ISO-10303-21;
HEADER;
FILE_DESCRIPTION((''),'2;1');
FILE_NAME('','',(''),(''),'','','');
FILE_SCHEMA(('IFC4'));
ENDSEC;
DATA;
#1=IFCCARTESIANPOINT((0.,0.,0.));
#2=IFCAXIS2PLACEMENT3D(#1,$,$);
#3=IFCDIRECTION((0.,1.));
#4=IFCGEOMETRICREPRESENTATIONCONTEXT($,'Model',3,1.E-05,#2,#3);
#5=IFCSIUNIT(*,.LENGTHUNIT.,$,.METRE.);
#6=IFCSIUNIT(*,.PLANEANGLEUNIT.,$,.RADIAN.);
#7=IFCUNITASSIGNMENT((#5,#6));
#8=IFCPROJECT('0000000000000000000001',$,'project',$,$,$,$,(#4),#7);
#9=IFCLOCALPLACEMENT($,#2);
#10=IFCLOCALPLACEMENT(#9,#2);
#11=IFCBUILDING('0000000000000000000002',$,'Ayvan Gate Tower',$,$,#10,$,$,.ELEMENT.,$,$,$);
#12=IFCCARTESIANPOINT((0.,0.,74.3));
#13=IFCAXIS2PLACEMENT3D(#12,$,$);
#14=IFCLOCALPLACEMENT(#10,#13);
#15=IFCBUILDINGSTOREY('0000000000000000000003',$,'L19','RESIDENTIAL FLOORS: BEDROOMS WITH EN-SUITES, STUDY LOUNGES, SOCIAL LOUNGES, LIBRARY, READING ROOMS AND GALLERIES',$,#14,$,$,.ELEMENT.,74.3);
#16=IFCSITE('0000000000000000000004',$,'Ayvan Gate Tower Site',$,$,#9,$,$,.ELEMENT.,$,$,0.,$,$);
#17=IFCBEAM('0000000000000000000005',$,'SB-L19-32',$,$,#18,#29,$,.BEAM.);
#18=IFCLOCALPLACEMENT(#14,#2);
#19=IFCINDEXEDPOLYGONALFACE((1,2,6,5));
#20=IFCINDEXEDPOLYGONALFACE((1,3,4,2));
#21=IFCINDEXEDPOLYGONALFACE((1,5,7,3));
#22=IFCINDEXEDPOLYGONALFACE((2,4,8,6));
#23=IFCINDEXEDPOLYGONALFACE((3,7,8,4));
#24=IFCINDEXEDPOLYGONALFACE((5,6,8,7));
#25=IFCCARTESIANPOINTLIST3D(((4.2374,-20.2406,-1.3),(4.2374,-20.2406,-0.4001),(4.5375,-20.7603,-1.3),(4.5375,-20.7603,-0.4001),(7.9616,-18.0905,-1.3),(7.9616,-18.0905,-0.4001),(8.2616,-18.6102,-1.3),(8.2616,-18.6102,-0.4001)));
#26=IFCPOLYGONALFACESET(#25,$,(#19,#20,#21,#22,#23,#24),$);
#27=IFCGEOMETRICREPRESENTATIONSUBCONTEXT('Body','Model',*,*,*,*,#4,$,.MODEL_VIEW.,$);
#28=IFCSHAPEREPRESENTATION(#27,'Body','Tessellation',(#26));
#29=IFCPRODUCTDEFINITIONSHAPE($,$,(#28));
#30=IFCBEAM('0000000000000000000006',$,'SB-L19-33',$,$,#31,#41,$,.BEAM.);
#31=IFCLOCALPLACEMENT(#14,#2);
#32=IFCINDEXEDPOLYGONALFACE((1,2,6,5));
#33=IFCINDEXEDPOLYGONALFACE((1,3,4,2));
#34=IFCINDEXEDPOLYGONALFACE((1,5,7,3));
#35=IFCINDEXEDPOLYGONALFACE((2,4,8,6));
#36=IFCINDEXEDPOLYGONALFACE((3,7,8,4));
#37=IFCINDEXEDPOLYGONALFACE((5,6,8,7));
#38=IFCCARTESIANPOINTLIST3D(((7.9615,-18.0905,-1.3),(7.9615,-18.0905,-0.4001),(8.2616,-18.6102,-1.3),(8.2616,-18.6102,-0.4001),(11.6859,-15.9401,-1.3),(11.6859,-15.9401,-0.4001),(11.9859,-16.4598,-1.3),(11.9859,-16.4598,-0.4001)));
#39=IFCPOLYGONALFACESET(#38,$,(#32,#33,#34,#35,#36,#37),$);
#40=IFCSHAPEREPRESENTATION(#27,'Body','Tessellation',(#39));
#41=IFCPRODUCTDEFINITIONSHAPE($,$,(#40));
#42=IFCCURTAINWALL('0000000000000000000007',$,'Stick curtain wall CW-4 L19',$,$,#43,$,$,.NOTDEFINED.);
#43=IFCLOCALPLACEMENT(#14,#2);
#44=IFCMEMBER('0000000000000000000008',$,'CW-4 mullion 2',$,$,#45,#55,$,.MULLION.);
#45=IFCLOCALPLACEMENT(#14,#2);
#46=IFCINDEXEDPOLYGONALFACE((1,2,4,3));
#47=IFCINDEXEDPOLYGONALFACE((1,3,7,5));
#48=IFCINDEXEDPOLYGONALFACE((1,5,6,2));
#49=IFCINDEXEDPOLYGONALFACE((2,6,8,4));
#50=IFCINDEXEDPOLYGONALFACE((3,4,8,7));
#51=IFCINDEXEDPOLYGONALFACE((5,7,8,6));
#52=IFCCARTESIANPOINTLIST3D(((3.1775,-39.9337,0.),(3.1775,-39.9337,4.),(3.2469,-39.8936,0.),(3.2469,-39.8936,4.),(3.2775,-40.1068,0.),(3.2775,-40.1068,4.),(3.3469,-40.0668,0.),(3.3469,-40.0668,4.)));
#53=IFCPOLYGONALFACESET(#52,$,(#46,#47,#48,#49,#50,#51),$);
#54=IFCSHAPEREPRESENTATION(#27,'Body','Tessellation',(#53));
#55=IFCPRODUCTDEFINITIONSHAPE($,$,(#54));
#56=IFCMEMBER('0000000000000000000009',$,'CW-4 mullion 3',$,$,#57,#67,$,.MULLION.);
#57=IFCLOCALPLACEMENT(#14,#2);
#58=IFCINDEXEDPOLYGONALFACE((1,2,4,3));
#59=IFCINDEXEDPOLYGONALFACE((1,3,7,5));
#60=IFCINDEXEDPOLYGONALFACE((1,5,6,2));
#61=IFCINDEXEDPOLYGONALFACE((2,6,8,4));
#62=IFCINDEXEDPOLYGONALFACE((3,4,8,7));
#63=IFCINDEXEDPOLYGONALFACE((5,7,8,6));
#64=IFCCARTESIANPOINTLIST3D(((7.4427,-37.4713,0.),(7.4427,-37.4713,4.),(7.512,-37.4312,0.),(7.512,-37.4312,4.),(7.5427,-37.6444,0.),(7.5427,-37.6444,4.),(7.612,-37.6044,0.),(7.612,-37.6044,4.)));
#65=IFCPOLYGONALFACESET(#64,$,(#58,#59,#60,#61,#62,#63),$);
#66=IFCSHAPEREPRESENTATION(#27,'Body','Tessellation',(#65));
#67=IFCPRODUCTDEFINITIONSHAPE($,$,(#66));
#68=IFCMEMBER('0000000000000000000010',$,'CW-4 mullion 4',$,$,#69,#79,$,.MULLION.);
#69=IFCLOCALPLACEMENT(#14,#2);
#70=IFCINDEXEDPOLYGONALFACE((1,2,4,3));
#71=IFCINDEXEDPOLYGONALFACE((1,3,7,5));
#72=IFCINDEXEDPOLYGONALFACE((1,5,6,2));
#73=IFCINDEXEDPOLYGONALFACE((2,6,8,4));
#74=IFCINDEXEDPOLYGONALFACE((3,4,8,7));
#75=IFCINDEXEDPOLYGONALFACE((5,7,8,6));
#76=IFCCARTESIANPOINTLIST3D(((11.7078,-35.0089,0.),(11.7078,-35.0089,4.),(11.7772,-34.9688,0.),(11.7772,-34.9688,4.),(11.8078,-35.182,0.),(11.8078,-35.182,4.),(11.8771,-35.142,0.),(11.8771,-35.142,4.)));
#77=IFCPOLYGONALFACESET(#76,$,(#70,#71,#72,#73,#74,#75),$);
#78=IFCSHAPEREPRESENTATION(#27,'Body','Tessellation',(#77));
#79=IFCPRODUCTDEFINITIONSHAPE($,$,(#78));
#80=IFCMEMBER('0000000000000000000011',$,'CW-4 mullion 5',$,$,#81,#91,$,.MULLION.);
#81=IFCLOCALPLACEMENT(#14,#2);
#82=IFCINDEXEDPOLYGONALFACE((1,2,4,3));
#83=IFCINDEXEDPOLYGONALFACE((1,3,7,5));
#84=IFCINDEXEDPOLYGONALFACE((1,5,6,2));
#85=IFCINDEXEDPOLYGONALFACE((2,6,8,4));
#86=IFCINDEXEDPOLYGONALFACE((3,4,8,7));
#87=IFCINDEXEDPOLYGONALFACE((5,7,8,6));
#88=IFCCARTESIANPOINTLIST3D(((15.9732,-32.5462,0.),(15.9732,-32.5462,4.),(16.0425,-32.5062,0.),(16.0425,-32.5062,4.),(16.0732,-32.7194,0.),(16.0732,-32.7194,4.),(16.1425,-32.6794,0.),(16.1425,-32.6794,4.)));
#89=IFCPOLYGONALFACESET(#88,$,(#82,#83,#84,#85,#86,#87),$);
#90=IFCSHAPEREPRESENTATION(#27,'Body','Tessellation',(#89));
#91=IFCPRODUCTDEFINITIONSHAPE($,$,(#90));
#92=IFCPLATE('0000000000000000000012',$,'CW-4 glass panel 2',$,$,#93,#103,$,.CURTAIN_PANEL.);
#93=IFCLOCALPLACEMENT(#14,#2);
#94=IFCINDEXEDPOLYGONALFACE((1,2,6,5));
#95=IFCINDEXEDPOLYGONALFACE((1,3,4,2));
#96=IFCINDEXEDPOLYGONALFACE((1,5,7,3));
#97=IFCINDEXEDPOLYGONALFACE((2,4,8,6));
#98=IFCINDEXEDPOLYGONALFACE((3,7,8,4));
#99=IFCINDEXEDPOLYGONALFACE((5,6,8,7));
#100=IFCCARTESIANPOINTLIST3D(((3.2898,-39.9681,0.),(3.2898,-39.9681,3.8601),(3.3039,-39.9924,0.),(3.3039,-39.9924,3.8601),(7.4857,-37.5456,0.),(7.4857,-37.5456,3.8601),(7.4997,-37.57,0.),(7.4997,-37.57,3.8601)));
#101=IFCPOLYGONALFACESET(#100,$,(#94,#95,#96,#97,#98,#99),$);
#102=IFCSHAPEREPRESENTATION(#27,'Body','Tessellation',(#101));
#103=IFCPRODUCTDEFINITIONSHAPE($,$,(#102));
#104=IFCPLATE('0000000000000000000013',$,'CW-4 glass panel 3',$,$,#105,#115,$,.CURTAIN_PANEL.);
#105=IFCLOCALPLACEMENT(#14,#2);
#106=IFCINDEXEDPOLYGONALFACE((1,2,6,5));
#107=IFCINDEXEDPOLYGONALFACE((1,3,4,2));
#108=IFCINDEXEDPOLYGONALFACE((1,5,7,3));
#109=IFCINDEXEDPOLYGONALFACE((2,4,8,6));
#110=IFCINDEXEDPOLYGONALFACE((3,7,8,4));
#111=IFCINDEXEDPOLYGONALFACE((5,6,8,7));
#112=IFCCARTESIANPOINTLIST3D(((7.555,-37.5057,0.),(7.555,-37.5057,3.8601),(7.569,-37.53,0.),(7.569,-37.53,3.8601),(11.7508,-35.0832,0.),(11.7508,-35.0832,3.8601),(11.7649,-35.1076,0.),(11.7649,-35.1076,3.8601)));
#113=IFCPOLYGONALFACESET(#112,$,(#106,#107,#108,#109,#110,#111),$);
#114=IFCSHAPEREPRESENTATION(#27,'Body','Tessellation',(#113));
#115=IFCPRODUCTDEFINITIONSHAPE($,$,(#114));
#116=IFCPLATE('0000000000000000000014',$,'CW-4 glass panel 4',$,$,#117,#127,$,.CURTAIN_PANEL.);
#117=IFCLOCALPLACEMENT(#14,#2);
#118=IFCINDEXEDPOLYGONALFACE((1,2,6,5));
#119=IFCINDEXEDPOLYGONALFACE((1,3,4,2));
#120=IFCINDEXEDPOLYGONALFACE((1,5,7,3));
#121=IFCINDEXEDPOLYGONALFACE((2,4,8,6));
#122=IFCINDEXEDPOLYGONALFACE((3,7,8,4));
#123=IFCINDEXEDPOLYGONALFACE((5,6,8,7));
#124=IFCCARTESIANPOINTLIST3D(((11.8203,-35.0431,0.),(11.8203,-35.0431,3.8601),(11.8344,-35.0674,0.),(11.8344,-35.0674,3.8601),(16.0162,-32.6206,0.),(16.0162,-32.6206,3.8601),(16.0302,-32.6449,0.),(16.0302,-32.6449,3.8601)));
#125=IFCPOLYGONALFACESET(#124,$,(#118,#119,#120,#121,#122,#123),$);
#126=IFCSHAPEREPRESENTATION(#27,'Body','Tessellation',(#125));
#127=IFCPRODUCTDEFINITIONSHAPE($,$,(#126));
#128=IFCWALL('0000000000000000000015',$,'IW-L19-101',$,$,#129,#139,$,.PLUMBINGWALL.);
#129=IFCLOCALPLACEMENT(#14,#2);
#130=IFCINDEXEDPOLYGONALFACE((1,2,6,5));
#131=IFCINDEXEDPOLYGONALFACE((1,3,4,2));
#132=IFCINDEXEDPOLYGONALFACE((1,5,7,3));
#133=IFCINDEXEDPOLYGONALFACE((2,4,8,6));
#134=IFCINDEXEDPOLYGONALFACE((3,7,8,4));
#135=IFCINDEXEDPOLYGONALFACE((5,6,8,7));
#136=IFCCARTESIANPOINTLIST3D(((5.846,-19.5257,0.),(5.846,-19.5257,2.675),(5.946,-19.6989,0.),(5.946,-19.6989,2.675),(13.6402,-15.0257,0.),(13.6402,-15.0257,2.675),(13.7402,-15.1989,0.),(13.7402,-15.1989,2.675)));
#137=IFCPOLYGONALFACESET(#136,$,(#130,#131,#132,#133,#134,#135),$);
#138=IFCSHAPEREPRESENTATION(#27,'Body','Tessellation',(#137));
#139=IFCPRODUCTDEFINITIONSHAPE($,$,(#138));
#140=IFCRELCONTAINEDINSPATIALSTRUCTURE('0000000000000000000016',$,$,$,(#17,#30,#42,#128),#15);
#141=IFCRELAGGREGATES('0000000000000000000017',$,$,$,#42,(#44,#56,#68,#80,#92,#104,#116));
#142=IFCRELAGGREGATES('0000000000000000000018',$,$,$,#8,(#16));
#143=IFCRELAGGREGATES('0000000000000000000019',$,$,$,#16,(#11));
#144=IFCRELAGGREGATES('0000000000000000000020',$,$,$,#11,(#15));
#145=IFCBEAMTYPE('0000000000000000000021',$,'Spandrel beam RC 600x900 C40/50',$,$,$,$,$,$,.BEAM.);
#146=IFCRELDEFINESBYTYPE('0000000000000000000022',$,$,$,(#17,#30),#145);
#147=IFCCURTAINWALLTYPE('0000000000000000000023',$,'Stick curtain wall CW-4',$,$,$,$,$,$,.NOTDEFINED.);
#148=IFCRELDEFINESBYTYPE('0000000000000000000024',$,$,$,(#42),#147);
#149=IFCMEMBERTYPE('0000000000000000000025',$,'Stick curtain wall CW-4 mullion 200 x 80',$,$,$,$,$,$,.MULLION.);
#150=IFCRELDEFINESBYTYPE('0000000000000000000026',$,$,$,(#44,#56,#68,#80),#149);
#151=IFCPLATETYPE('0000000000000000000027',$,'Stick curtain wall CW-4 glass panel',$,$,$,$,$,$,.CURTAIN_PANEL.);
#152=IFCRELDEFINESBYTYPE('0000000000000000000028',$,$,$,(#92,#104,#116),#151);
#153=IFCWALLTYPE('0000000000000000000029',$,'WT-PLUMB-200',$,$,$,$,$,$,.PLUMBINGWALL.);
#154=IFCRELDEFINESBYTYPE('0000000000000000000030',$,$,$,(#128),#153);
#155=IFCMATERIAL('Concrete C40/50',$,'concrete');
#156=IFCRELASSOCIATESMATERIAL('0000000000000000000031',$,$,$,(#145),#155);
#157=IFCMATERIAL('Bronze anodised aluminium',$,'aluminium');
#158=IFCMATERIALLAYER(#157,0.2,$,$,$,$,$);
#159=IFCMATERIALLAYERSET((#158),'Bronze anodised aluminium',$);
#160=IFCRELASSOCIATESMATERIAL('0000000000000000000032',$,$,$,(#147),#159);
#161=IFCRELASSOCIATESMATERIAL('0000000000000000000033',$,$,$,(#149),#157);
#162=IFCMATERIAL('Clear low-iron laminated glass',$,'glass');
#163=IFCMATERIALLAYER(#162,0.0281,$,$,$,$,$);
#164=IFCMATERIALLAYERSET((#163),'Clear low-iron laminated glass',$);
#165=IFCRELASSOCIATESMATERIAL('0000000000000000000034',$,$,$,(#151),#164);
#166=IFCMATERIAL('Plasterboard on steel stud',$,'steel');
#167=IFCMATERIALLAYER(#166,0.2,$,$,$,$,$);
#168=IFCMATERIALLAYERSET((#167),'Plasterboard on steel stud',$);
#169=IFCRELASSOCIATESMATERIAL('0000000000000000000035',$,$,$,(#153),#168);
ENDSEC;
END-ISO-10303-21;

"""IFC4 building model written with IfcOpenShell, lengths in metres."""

from ifc_helpers import new_model, si_unit, direction, frame, frame_2d, origin, origin_2d, place, context, subcontext, project, spatial, rectangle, extrude, material, layer, layer_set, material_profile, profile_set, type_object, element, aggregate, save


model = new_model("IFC4")

# Units and contexts
model_context = context("Model", 3, precision=1e-05, world=origin(), true_north=direction((0.0, 1.0)))
body_context = subcontext(model_context, "Body", "Model", "MODEL_VIEW")
ifc_project = project(units=[si_unit("LENGTHUNIT", "METRE"), si_unit("PLANEANGLEUNIT", "RADIAN")], contexts=[model_context])

# Site, building, storey
site_placement = place(None, origin())
site = spatial("IfcSite", under=ifc_project, at=site_placement, Name="Ayvan Gate Tower Site", CompositionType="ELEMENT", RefElevation=0.0)
building_placement = place(site_placement, origin())
building = spatial("IfcBuilding", under=site, at=building_placement, Name="Ayvan Gate Tower", CompositionType="ELEMENT")
storey_placement = place(building_placement, frame((0.0, 0.0, 74.3)))
storey = spatial("IfcBuildingStorey", under=building, at=storey_placement, Name="L19", Description="RESIDENTIAL FLOORS: BEDROOMS WITH EN-SUITES, STUDY LOUNGES, SOCIAL LOUNGES, LIBRARY, READING ROOMS AND GALLERIES", CompositionType="ELEMENT", Elevation=74.3)

# Shared definitions
ifc_material_1 = material(Name="Concrete C40/50", Category="concrete")

# Beams
ifc_material_profile_1 = material_profile(ifc_material_1, rectangle(XDim=0.6001, YDim=0.8999, at=origin_2d()), Name="RC 600x900")
ifc_profile_set_1 = profile_set([ifc_material_profile_1], Name="Concrete C40/50")
beam_type_1 = type_object("IfcBeamType", Name="Spandrel beam RC 600x900 C40/50", PredefinedType="BEAM", material=ifc_profile_set_1)
beam_1_placement = place(storey_placement, frame((4.3875, -20.5005, -0.8501), z_axis=(0.866023, 0.500004, 0.0), x_axis=(-0.500004, 0.866023, 0.0)))
element("IfcBeam", 1, at=beam_1_placement, inside=storey, type_object=beam_type_1, Name="SB-L19-32", PredefinedType="BEAM", context=body_context, shape_type="SweptSolid", body=[
    extrude(rectangle(XDim=0.6001, YDim=0.8999, at=origin_2d()), origin(), (0.0, 0.0, 1.0), 4.3003),
])
beam_2_placement = place(storey_placement, frame((8.1116, -18.3503, -0.8501), z_axis=(0.866013, 0.500022, 0.0), x_axis=(-0.500022, 0.866013, 0.0)))
element("IfcBeam", 2, at=beam_2_placement, inside=storey, type_object=beam_type_1, Name="SB-L19-33", PredefinedType="BEAM", context=body_context, shape_type="SweptSolid", body=[
    extrude(rectangle(XDim=0.6001, YDim=0.8999, at=origin_2d()), origin(), (0.0, 0.0, 1.0), 4.3005),
])

# Curtain wall, members, plates
ifc_material_2 = material(Name="Bronze anodised aluminium", Category="aluminium")
ifc_layer_1 = layer(ifc_material_2, 0.2)
ifc_layer_set_1 = layer_set([ifc_layer_1], Name="Bronze anodised aluminium")
curtain_wall_type = type_object("IfcCurtainWallType", Name="Stick curtain wall CW-4", PredefinedType="NOTDEFINED", material=ifc_layer_set_1)
curtain_wall_placement = place(storey_placement, origin())
curtain_wall = element("IfcCurtainWall", 3, at=curtain_wall_placement, inside=storey, type_object=curtain_wall_type, Name="Stick curtain wall CW-4 L19", PredefinedType="NOTDEFINED")
ifc_material_profile_2 = material_profile(ifc_material_2, rectangle(XDim=0.2, YDim=0.0801, at=origin_2d()), Name="Stick curtain wall CW-4 mullion 200 x 80")
ifc_profile_set_2 = profile_set([ifc_material_profile_2], Name="Bronze anodised aluminium")
member_type_1 = type_object("IfcMemberType", Name="Stick curtain wall CW-4 mullion 200 x 80", PredefinedType="MULLION", material=ifc_profile_set_2)
member_1_placement = place(storey_placement, frame((3.2622, -40.0002, 0.0), z_axis=(0.0, 0.0, 1.0), x_axis=(0.5, -0.866025, 0.0)))
member_1 = element("IfcMember", 4, at=member_1_placement, type_object=member_type_1, Name="CW-4 mullion 2", PredefinedType="MULLION", context=body_context, shape_type="SweptSolid", body=[
    extrude(rectangle(XDim=0.2, YDim=0.0801, at=origin_2d()), origin(), (0.0, 0.0, 1.0), 4.0),
])
member_2_placement = place(storey_placement, frame((7.5273, -37.5378, 0.0), z_axis=(0.0, 0.0, 1.0), x_axis=(0.5, -0.866025, 0.0)))
member_2 = element("IfcMember", 5, at=member_2_placement, type_object=member_type_1, Name="CW-4 mullion 3", PredefinedType="MULLION", context=body_context, shape_type="SweptSolid", body=[
    extrude(rectangle(XDim=0.2, YDim=0.0801, at=origin_2d()), origin(), (0.0, 0.0, 1.0), 4.0),
])
member_3_placement = place(storey_placement, frame((11.7925, -35.0754, 0.0), z_axis=(0.0, 0.0, 1.0), x_axis=(0.5, -0.866025, 0.0)))
member_3 = element("IfcMember", 6, at=member_3_placement, type_object=member_type_1, Name="CW-4 mullion 4", PredefinedType="MULLION", context=body_context, shape_type="SweptSolid", body=[
    extrude(rectangle(XDim=0.2, YDim=0.0801, at=origin_2d()), origin(), (0.0, 0.0, 1.0), 4.0),
])
member_4_placement = place(storey_placement, frame((16.0579, -32.6128, 0.0), z_axis=(0.0, 0.0, 1.0), x_axis=(0.5, -0.866025, 0.0)))
member_4 = element("IfcMember", 7, at=member_4_placement, type_object=member_type_1, Name="CW-4 mullion 5", PredefinedType="MULLION", context=body_context, shape_type="SweptSolid", body=[
    extrude(rectangle(XDim=0.2, YDim=0.0801, at=origin_2d()), origin(), (0.0, 0.0, 1.0), 4.0),
])
ifc_material_3 = material(Name="Clear low-iron laminated glass", Category="glass")
ifc_layer_2 = layer(ifc_material_3, 0.0281)
ifc_layer_set_2 = layer_set([ifc_layer_2], Name="Clear low-iron laminated glass")
plate_type = type_object("IfcPlateType", Name="Stick curtain wall CW-4 glass panel", PredefinedType="CURTAIN_PANEL", material=ifc_layer_set_2)
plate_1_placement = place(storey_placement, frame((5.3948, -38.769, 0.0), z_axis=(0.0, 0.0, 1.0), x_axis=(0.866025, 0.5, 0.0)))
plate_1 = element("IfcPlate", 8, at=plate_1_placement, type_object=plate_type, Name="CW-4 glass panel 2", PredefinedType="CURTAIN_PANEL", context=body_context, shape_type="SweptSolid", body=[
    extrude(rectangle(XDim=4.845, YDim=0.0281, at=origin_2d()), origin(), (0.0, 0.0, 1.0), 3.8601),
])
plate_2_placement = place(storey_placement, frame((9.6599, -36.3066, 0.0), z_axis=(0.0, 0.0, 1.0), x_axis=(0.866025, 0.5, 0.0)))
plate_2 = element("IfcPlate", 9, at=plate_2_placement, type_object=plate_type, Name="CW-4 glass panel 3", PredefinedType="CURTAIN_PANEL", context=body_context, shape_type="SweptSolid", body=[
    extrude(rectangle(XDim=4.845, YDim=0.0281, at=origin_2d()), origin(), (0.0, 0.0, 1.0), 3.8601),
])
plate_3_placement = place(storey_placement, frame((13.9253, -33.844, 0.0), z_axis=(0.0, 0.0, 1.0), x_axis=(0.866025, 0.5, 0.0)))
plate_3 = element("IfcPlate", 10, at=plate_3_placement, type_object=plate_type, Name="CW-4 glass panel 4", PredefinedType="CURTAIN_PANEL", context=body_context, shape_type="SweptSolid", body=[
    extrude(rectangle(XDim=4.845, YDim=0.0281, at=origin_2d()), origin(), (0.0, 0.0, 1.0), 3.8601),
])
aggregate(curtain_wall, [member_1, member_2, member_3, member_4, plate_1, plate_2, plate_3])

# Wall
ifc_material_4 = material(Name="Plasterboard on steel stud", Category="steel")
ifc_layer_3 = layer(ifc_material_4, 0.2)
ifc_layer_set_3 = layer_set([ifc_layer_3], Name="Plasterboard on steel stud")
wall_type = type_object("IfcWallType", Name="WT-PLUMB-200", PredefinedType="PLUMBINGWALL", material=ifc_layer_set_3)
wall_placement = place(storey_placement, frame((5.896, -19.6123, 0.0), z_axis=(0.0, 0.0, 1.0), x_axis=(0.866024, 0.500002, 0.0)))
element("IfcWall", 11, at=wall_placement, inside=storey, type_object=wall_type, Name="IW-L19-101", PredefinedType="PLUMBINGWALL", context=body_context, shape_type="SweptSolid", body=[
    extrude(rectangle(XDim=9.0, YDim=0.2, at=frame_2d((4.5, 0.0))), origin(), (0.0, 0.0, 1.0), 2.675),
])

save(model, "model.ifc")
